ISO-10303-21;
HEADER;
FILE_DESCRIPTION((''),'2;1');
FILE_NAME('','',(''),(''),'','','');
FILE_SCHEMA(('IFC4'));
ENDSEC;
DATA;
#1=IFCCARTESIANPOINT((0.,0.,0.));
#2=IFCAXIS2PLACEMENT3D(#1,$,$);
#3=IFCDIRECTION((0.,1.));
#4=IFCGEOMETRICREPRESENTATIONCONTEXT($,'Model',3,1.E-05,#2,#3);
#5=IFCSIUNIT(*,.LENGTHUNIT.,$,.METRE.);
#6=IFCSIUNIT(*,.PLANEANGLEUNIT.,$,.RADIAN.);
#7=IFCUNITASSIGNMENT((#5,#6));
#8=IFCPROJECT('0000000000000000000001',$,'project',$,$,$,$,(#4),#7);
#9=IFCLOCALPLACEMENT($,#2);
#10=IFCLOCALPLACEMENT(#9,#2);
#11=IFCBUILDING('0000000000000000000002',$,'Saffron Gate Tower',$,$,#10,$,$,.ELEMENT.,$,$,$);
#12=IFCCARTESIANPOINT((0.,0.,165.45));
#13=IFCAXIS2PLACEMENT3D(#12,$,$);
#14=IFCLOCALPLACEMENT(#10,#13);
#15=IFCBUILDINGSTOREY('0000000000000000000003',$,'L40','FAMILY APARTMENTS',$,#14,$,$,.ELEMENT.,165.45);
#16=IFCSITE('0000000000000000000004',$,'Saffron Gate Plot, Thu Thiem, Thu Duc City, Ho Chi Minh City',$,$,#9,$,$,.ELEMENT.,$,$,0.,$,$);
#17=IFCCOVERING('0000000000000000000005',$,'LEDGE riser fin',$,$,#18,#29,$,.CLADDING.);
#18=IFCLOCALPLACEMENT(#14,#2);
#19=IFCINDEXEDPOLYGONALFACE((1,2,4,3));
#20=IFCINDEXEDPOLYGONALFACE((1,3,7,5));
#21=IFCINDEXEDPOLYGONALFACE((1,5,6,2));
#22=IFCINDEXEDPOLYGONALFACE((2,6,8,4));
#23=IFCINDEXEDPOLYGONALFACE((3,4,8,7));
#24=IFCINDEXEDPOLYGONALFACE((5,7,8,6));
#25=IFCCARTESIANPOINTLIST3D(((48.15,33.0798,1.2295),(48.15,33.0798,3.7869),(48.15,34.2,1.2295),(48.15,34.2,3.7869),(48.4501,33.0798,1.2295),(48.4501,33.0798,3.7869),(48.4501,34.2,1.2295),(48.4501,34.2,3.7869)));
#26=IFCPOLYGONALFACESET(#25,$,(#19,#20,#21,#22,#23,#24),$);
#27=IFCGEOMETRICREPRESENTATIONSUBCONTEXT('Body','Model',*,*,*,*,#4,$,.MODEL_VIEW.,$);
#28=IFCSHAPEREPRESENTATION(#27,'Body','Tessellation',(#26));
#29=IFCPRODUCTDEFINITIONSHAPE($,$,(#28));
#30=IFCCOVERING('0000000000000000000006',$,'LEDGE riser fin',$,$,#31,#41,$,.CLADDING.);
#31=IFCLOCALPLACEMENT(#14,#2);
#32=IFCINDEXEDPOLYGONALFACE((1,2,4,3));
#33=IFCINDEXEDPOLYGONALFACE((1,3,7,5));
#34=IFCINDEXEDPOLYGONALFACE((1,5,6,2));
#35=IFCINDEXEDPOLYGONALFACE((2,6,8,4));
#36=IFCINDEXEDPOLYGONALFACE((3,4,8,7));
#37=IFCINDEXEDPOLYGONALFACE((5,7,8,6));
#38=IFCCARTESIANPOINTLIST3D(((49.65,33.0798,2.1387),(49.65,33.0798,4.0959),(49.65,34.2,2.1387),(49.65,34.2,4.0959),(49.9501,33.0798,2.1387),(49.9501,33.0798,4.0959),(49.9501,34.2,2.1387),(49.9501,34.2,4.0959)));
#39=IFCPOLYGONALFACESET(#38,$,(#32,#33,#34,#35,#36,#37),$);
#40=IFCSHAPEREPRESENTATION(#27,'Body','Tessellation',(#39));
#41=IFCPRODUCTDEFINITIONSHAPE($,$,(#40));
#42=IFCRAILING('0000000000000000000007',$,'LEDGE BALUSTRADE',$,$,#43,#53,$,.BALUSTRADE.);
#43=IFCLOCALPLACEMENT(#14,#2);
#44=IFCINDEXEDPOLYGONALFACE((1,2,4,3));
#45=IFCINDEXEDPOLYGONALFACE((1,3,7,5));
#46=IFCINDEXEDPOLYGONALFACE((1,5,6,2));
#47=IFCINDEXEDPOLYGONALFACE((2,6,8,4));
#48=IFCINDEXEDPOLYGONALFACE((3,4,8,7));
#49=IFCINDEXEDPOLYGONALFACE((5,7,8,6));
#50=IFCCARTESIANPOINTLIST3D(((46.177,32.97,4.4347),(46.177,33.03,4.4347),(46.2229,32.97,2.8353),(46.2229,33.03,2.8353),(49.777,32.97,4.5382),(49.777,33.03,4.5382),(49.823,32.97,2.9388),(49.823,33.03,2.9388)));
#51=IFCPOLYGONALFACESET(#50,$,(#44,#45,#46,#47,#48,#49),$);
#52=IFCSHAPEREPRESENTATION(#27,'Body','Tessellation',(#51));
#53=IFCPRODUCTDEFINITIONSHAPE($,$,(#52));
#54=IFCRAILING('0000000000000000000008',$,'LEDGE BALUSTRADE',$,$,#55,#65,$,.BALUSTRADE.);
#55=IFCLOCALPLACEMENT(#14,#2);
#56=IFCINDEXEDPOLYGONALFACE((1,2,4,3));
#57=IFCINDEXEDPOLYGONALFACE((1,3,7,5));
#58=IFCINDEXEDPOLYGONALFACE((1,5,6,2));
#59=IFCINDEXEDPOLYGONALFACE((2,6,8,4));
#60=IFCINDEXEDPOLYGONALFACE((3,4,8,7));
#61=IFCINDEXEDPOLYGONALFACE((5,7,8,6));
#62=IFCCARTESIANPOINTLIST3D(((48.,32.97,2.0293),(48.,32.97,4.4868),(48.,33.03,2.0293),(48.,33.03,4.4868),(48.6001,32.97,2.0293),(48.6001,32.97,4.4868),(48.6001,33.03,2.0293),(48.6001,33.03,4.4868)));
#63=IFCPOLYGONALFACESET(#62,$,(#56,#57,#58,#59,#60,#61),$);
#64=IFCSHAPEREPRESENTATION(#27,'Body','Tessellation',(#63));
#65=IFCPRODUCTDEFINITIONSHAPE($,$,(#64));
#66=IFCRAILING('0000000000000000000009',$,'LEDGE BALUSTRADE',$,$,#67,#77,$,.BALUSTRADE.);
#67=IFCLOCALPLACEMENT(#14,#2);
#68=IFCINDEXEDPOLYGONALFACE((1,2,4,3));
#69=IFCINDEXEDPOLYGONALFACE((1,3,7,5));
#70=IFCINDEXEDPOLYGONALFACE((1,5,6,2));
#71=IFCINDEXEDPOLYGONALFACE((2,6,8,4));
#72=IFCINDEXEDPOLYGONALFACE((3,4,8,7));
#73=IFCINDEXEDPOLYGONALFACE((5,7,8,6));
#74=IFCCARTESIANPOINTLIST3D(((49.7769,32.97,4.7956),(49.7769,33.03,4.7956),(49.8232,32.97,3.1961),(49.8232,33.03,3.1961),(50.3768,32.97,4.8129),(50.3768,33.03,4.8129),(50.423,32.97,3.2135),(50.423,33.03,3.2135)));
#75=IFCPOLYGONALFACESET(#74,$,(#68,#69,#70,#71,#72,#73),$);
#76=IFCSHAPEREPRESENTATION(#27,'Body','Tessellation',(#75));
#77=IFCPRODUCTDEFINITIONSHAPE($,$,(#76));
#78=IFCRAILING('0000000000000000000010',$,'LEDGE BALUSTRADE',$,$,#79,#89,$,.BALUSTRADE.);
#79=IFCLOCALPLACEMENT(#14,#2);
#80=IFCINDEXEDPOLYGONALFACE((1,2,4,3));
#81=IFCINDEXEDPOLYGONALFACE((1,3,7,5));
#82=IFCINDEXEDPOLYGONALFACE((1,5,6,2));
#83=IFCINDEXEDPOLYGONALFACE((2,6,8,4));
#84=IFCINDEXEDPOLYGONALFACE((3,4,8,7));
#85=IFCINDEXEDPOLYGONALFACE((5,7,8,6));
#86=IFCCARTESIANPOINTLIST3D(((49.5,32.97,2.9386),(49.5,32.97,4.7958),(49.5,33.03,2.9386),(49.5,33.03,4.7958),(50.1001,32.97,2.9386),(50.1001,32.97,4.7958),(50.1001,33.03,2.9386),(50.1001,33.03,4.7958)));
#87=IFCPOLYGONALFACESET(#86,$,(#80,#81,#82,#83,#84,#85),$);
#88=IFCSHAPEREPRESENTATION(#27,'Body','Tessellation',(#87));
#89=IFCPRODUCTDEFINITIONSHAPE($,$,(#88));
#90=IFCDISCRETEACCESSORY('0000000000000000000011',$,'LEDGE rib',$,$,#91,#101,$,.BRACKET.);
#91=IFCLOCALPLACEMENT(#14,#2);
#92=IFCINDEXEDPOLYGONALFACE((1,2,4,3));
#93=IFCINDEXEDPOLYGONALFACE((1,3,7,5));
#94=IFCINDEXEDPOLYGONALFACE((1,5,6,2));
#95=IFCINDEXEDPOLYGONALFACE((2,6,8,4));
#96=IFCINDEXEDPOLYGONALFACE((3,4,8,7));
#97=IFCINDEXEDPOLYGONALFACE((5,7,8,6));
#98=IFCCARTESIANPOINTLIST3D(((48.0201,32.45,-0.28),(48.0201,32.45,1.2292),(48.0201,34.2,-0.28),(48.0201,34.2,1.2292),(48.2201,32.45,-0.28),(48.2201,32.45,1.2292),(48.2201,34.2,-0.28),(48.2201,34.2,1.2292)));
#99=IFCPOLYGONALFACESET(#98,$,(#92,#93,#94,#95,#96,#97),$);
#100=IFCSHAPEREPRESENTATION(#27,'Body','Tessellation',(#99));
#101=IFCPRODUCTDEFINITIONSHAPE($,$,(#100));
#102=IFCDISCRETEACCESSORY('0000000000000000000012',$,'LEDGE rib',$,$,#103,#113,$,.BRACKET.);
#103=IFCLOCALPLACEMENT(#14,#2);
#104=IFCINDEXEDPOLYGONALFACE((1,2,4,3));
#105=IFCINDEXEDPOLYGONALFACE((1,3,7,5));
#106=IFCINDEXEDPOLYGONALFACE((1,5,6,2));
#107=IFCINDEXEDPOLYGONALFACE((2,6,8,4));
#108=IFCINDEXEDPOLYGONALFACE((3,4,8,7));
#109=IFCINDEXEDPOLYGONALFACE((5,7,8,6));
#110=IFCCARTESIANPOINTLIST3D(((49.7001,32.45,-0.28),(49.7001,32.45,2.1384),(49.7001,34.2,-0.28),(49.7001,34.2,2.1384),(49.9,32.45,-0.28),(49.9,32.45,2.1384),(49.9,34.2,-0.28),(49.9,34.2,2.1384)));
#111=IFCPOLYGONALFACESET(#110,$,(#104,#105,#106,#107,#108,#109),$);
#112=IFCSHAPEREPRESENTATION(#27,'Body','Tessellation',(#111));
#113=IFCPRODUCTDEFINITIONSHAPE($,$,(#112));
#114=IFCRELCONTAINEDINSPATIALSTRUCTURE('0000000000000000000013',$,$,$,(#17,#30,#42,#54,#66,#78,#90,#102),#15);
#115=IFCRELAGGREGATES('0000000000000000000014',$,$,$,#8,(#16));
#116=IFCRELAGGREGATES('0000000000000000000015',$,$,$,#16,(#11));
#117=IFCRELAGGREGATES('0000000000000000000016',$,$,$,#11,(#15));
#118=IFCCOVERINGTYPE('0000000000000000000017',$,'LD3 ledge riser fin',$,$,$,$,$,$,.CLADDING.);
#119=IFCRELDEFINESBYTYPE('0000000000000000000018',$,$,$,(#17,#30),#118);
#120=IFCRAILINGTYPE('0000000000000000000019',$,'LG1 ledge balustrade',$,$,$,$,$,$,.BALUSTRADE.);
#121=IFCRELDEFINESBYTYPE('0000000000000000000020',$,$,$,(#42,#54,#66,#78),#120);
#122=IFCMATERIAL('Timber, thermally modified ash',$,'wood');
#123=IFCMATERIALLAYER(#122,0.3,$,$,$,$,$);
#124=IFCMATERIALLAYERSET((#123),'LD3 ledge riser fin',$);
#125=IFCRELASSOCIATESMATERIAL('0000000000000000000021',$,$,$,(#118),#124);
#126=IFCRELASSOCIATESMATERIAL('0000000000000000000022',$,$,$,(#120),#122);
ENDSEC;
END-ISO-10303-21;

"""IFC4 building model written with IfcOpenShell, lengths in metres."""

from ifc_helpers import new_model, si_unit, direction, frame, origin, origin_2d, place, context, subcontext, project, spatial, rectangle, extrude, material, layer, layer_set, type_object, element, save


model = new_model("IFC4")

# Units and contexts
model_context = context("Model", 3, precision=1e-05, world=origin(), true_north=direction((0.0, 1.0)))
body_context = subcontext(model_context, "Body", "Model", "MODEL_VIEW")
ifc_project = project(units=[si_unit("LENGTHUNIT", "METRE"), si_unit("PLANEANGLEUNIT", "RADIAN")], contexts=[model_context])

# Site, building, storey
site_placement = place(None, origin())
site = spatial("IfcSite", under=ifc_project, at=site_placement, Name="Saffron Gate Plot, Thu Thiem, Thu Duc City, Ho Chi Minh City", CompositionType="ELEMENT", RefElevation=0.0)
building_placement = place(site_placement, origin())
building = spatial("IfcBuilding", under=site, at=building_placement, Name="Saffron Gate Tower", CompositionType="ELEMENT")
storey_placement = place(building_placement, frame((0.0, 0.0, 165.45)))
storey = spatial("IfcBuildingStorey", under=building, at=storey_placement, Name="L40", Description="FAMILY APARTMENTS", CompositionType="ELEMENT", Elevation=165.45)

# Coverings
ifc_material_1 = material(Name="Timber, thermally modified ash", Category="wood")
ifc_layer_1 = layer(ifc_material_1, 0.3)
ifc_layer_set_1 = layer_set([ifc_layer_1], Name="LD3 ledge riser fin")
covering_type_1 = type_object("IfcCoveringType", Name="LD3 ledge riser fin", PredefinedType="CLADDING", material=ifc_layer_set_1)
covering_1_placement = place(storey_placement, frame((48.3, 33.6399, 1.2295), z_axis=(0.0, 0.0, 1.0), x_axis=(1.0, 0.0, 0.0)))
element("IfcCovering", 1, at=covering_1_placement, inside=storey, type_object=covering_type_1, Name="LEDGE riser fin", PredefinedType="CLADDING", context=body_context, shape_type="SweptSolid", body=[
    extrude(rectangle(XDim=0.3, YDim=1.1201, at=origin_2d()), origin(), (0.0, 0.0, 1.0), 2.5574),
])
covering_2_placement = place(storey_placement, frame((49.8, 33.6399, 2.1387), z_axis=(0.0, 0.0, 1.0), x_axis=(1.0, 0.0, 0.0)))
element("IfcCovering", 2, at=covering_2_placement, inside=storey, type_object=covering_type_1, Name="LEDGE riser fin", PredefinedType="CLADDING", context=body_context, shape_type="SweptSolid", body=[
    extrude(rectangle(XDim=0.3, YDim=1.1201, at=origin_2d()), origin(), (0.0, 0.0, 1.0), 1.9573),
])

# Railings
railing_type = type_object("IfcRailingType", Name="LG1 ledge balustrade", PredefinedType="BALUSTRADE", material=ifc_material_1)
railing_1_placement = place(storey_placement, frame((46.2, 33.0, 2.835)))
element("IfcRailing", 3, at=railing_1_placement, inside=storey, type_object=railing_type, Name="LEDGE BALUSTRADE", PredefinedType="BALUSTRADE", context=body_context, shape_type="SweptSolid", body=[
    extrude(rectangle(XDim=0.0601, YDim=1.6001, at=origin_2d()), frame((0.0, 0.0, 0.8), z_axis=(0.999587, 0.0, 0.028742), x_axis=(0.0, 1.0, 0.0)), (0.0, 0.0, 1.0), 3.6016),
])
railing_2_placement = place(storey_placement, frame((48.0, 33.0, 2.0293)))
element("IfcRailing", 4, at=railing_2_placement, inside=storey, type_object=railing_type, Name="LEDGE BALUSTRADE", PredefinedType="BALUSTRADE", context=body_context, shape_type="SweptSolid", body=[
    extrude(rectangle(XDim=0.0601, YDim=2.4575, at=origin_2d()), frame((0.0, 0.0, 1.2288), z_axis=(1.0, 0.0, 0.0), x_axis=(0.0, 1.0, 0.0)), (0.0, 0.0, 1.0), 0.6001),
])
railing_3_placement = place(storey_placement, frame((49.8, 33.0, 3.1958)))
element("IfcRailing", 5, at=railing_3_placement, inside=storey, type_object=railing_type, Name="LEDGE BALUSTRADE", PredefinedType="BALUSTRADE", context=body_context, shape_type="SweptSolid", body=[
    extrude(rectangle(XDim=0.0601, YDim=1.6001, at=origin_2d()), frame((0.0, 0.0, 0.8), z_axis=(0.999583, 0.0, 0.028885), x_axis=(0.0, 1.0, 0.0)), (0.0, 0.0, 1.0), 0.6001),
])
railing_4_placement = place(storey_placement, frame((49.5, 33.0, 2.9385)))
element("IfcRailing", 6, at=railing_4_placement, inside=storey, type_object=railing_type, Name="LEDGE BALUSTRADE", PredefinedType="BALUSTRADE", context=body_context, shape_type="SweptSolid", body=[
    extrude(rectangle(XDim=0.0601, YDim=1.8572, at=origin_2d()), frame((0.0, 0.0, 0.9287), z_axis=(1.0, 0.0, 0.0), x_axis=(0.0, 1.0, 0.0)), (0.0, 0.0, 1.0), 0.6001),
])

# Discrete accessories
discrete_accessory_1_placement = place(storey_placement, frame((48.1201, 33.325, -0.28), z_axis=(0.0, 0.0, 1.0), x_axis=(1.0, 0.0, 0.0)))
element("IfcDiscreteAccessory", 7, at=discrete_accessory_1_placement, inside=storey, Name="LEDGE rib", PredefinedType="BRACKET", context=body_context, shape_type="SweptSolid", body=[
    extrude(rectangle(XDim=0.2, YDim=1.75, at=origin_2d()), origin(), (0.0, 0.0, 1.0), 1.5093),
])
discrete_accessory_2_placement = place(storey_placement, frame((49.8, 33.325, -0.28), z_axis=(0.0, 0.0, 1.0), x_axis=(1.0, 0.0, 0.0)))
element("IfcDiscreteAccessory", 8, at=discrete_accessory_2_placement, inside=storey, Name="LEDGE rib", PredefinedType="BRACKET", context=body_context, shape_type="SweptSolid", body=[
    extrude(rectangle(XDim=0.2, YDim=1.75, at=origin_2d()), origin(), (0.0, 0.0, 1.0), 2.4185),
])

save(model, "model.ifc")
